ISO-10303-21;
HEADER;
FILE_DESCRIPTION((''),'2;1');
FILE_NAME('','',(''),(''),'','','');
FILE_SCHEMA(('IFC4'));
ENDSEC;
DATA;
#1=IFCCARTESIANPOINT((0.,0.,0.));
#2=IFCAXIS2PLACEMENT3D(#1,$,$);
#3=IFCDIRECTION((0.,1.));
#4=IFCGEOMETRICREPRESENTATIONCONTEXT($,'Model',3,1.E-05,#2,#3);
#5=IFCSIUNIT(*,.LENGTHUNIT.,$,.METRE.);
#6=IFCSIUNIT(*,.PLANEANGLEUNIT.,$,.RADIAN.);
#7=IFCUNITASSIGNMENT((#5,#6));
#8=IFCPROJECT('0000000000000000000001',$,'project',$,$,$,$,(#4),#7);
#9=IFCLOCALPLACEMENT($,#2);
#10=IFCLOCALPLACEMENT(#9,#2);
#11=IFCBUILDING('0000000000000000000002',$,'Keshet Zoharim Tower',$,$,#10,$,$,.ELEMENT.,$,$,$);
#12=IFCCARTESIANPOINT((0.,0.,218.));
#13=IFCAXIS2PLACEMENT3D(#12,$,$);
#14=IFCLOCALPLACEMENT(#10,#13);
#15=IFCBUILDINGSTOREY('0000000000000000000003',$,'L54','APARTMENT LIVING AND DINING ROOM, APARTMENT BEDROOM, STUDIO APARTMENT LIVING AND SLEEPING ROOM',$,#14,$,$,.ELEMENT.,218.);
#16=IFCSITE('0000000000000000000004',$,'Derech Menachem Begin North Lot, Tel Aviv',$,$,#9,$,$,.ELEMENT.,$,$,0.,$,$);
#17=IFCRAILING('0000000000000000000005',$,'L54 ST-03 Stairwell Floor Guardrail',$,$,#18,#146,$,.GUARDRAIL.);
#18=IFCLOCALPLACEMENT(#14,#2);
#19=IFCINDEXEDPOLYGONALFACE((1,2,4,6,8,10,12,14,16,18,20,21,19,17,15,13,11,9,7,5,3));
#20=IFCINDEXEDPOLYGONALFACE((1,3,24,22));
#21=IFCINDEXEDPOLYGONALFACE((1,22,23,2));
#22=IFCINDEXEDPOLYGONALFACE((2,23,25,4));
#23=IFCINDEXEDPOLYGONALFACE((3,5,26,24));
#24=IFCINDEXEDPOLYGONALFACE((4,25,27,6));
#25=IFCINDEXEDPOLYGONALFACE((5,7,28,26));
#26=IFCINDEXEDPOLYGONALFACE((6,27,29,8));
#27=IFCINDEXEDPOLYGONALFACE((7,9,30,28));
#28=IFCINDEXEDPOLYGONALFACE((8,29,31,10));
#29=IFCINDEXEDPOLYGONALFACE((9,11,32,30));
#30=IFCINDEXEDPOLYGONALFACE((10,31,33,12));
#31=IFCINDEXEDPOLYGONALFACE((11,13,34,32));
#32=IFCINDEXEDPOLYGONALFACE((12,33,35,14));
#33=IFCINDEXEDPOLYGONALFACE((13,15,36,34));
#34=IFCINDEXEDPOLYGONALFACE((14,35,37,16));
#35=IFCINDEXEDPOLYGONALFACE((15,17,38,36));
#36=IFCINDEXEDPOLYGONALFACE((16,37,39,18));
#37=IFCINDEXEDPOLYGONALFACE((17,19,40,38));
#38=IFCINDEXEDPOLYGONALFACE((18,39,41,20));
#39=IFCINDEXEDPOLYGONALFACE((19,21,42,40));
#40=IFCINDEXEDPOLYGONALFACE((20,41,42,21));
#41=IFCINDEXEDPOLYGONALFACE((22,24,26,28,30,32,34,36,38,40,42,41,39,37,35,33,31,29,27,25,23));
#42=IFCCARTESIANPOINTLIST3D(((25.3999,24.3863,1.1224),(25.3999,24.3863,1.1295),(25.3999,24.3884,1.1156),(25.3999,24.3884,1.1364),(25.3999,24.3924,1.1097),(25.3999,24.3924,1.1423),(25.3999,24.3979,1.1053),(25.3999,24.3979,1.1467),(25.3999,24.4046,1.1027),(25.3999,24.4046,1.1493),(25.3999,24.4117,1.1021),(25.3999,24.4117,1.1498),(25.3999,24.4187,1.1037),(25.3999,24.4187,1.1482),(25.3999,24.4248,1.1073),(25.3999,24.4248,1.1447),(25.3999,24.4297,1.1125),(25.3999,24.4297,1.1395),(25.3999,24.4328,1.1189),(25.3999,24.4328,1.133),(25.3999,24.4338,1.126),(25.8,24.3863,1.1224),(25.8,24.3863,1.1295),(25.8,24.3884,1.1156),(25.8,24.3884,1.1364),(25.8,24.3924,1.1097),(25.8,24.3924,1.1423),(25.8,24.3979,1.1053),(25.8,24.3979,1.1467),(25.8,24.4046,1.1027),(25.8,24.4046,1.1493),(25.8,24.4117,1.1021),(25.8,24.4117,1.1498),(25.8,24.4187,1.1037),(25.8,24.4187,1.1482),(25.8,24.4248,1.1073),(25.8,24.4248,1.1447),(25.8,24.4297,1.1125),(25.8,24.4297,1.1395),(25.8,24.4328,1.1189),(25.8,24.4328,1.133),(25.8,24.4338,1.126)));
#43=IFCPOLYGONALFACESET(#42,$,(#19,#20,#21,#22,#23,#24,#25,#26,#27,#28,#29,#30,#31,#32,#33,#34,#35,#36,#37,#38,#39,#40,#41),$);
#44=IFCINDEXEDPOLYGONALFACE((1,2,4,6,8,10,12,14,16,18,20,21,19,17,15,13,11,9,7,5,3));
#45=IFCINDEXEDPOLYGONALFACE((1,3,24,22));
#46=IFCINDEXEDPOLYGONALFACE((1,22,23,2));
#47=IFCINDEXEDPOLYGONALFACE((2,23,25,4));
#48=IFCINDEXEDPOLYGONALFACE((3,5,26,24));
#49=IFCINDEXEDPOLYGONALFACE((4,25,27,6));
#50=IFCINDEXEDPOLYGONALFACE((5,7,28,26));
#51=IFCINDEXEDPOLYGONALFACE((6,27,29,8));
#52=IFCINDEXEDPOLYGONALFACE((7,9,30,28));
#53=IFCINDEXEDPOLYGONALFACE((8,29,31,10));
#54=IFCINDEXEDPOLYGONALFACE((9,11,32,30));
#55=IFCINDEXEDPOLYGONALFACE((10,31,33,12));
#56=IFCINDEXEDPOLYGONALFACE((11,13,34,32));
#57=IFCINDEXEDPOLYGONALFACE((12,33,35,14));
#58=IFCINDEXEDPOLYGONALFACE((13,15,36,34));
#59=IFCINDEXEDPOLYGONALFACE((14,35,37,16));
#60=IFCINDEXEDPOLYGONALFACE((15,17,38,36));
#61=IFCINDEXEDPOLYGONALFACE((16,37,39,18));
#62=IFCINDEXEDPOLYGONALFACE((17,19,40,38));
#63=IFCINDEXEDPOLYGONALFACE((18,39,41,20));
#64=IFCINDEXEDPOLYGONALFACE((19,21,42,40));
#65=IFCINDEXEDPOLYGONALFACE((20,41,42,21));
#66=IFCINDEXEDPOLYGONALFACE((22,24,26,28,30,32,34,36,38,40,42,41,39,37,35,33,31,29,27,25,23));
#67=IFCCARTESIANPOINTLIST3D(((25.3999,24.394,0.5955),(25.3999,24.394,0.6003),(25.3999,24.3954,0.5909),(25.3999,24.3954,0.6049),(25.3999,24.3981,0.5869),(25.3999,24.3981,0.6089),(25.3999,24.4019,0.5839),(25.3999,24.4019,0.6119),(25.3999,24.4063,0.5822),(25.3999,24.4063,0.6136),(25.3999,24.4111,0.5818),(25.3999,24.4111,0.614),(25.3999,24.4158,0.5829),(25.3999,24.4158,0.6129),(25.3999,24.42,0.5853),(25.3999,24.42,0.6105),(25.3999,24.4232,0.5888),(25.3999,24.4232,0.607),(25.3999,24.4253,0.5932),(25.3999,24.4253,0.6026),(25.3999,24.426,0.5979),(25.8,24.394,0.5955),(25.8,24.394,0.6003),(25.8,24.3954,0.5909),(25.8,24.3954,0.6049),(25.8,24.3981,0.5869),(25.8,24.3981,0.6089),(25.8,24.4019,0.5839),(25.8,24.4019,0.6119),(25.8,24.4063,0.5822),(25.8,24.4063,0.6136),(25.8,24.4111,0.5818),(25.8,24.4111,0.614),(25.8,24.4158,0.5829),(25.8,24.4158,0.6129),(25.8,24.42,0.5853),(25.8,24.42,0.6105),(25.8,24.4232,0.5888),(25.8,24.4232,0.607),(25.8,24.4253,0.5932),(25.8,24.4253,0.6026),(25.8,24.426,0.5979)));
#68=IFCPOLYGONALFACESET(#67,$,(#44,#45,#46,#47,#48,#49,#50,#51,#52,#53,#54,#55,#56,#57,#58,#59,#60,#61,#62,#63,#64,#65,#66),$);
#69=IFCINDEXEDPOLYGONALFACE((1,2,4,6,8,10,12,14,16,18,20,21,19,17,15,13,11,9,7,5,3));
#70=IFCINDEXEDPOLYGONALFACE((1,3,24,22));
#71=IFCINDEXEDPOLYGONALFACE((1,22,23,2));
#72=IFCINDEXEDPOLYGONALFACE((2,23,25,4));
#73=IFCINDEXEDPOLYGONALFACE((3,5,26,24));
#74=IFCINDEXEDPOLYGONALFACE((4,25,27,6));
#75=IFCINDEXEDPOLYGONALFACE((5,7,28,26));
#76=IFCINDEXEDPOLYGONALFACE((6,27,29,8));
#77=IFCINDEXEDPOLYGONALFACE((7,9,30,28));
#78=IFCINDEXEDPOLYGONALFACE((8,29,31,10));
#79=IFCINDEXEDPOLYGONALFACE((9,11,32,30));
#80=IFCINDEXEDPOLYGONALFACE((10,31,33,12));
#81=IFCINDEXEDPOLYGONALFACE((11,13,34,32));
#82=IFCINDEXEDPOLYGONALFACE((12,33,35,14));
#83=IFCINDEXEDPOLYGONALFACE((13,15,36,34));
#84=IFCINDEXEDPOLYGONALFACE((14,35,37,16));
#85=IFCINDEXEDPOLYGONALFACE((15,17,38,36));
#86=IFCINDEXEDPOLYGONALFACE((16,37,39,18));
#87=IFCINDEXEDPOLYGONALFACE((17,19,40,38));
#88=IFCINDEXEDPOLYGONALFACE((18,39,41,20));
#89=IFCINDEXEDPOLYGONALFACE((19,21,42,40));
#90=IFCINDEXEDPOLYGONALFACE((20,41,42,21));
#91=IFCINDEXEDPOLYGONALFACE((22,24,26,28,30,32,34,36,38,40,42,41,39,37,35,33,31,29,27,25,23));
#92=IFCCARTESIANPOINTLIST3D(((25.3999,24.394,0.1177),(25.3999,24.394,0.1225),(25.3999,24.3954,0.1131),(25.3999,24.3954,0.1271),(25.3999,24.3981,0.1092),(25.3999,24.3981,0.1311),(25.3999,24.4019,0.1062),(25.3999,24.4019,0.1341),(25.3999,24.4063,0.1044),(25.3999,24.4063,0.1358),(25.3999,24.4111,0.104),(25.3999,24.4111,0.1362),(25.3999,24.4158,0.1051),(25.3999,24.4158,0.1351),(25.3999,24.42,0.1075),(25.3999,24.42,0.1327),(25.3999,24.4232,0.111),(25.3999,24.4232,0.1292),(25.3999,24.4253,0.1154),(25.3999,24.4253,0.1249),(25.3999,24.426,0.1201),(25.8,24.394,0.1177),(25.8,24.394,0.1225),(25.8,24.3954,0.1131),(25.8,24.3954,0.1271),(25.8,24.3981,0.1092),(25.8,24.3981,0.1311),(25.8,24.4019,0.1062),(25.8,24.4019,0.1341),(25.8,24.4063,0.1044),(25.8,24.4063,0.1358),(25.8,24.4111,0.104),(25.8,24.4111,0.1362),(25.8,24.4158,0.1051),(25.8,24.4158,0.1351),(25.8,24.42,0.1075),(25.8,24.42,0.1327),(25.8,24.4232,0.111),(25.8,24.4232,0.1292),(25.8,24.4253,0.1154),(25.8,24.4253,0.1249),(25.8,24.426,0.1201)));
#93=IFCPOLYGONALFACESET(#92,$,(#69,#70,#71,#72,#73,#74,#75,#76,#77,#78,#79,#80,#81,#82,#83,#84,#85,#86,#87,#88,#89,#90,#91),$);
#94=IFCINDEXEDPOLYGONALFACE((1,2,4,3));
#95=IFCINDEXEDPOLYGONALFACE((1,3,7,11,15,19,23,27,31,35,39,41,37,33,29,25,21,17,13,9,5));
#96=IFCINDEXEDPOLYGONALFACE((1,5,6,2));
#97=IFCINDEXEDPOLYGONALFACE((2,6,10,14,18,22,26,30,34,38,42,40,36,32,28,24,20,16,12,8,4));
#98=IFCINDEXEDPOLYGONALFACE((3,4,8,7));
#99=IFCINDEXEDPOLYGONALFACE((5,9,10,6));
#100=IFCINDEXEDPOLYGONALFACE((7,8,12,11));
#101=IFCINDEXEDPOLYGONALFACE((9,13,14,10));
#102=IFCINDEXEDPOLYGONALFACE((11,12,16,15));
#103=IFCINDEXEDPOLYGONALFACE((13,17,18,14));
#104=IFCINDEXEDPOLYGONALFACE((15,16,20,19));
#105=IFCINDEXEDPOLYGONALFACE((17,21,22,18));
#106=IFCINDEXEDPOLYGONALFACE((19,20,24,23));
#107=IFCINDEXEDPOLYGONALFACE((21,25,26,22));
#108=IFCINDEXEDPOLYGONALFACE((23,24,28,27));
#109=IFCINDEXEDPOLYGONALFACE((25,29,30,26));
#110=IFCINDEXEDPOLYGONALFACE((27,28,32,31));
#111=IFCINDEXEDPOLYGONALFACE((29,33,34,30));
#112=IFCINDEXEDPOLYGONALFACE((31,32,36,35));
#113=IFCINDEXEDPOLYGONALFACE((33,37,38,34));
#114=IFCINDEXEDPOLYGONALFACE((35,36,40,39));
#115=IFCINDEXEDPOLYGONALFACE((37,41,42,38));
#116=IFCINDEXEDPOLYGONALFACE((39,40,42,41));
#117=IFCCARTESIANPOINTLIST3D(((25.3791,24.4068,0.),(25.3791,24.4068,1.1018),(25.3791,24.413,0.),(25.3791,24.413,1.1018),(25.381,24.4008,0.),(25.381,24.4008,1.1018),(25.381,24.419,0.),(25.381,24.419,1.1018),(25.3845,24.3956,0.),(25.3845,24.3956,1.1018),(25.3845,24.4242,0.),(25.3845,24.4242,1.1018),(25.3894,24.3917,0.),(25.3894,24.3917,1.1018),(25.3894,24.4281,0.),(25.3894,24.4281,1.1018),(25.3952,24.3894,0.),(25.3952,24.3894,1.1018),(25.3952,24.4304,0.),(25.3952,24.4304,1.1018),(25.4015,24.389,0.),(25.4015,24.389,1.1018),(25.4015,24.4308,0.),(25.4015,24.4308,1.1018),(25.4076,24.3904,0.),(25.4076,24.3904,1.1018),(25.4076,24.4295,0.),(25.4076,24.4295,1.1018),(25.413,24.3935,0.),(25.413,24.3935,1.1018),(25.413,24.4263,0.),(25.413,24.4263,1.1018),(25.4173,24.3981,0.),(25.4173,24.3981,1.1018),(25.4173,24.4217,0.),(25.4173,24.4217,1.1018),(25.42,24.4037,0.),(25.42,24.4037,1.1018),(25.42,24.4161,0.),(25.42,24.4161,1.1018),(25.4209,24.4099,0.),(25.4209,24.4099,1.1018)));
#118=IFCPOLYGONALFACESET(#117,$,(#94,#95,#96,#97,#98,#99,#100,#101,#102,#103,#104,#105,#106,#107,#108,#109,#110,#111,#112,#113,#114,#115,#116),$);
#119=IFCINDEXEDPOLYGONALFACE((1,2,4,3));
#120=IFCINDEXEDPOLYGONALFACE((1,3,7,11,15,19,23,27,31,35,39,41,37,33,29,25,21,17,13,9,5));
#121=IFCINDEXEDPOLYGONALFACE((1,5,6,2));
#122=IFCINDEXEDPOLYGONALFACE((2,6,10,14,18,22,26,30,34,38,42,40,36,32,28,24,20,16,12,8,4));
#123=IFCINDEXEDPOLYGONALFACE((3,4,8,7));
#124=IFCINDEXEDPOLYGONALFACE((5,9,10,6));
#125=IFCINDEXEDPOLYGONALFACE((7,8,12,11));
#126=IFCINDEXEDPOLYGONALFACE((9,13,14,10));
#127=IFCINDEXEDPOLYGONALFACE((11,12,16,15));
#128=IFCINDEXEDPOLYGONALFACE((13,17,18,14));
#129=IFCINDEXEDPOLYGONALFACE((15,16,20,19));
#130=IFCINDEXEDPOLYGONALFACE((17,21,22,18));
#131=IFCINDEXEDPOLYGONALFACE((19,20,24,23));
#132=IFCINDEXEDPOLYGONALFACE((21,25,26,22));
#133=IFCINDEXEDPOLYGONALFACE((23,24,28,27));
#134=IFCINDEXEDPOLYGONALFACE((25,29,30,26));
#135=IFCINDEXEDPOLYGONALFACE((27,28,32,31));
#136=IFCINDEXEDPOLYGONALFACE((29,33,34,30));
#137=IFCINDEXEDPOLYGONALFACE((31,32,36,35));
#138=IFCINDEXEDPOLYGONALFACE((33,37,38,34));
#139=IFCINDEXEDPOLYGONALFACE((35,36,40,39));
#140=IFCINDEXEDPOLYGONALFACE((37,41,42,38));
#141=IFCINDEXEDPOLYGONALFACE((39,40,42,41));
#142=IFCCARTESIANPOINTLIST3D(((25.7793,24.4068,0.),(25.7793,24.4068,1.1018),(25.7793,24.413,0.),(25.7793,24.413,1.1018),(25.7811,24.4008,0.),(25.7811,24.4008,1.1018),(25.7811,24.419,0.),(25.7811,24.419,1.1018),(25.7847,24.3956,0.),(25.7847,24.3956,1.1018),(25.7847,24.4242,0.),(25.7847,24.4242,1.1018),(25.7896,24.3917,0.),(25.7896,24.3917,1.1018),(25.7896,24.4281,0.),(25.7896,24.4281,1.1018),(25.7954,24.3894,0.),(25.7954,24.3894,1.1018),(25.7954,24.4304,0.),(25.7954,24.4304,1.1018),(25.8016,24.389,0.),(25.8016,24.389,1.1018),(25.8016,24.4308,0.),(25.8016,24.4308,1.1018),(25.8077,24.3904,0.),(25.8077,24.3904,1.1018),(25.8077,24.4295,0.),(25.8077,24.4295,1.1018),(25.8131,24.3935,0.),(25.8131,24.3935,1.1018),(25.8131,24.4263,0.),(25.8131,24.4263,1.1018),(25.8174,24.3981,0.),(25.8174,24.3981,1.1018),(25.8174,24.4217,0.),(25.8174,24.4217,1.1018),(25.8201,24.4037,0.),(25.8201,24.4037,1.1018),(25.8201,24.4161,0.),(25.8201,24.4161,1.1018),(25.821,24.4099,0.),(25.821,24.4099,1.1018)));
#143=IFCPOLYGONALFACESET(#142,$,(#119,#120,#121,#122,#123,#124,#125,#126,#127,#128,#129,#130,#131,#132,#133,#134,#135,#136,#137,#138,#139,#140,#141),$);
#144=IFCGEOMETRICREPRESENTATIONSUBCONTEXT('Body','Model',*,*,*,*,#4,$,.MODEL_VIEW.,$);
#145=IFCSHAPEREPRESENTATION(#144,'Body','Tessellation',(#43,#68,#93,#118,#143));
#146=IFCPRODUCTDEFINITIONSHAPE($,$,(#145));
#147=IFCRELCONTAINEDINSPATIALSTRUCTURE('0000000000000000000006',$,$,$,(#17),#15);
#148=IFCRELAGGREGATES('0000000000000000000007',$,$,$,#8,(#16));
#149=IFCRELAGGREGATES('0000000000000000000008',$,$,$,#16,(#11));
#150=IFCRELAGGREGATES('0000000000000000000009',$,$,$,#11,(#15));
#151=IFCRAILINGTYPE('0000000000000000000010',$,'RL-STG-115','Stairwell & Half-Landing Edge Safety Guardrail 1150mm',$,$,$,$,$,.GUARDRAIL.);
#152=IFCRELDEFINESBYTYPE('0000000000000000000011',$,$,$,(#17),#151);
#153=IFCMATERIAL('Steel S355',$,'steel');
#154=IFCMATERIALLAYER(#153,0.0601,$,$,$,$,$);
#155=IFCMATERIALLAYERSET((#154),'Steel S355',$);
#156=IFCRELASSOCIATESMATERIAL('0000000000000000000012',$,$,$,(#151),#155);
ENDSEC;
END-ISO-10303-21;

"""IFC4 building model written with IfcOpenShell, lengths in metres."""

from ifc_helpers import new_model, si_unit, direction, frame, origin, origin_2d, place, context, subcontext, project, spatial, circle, extrude, material, layer, layer_set, type_object, element, save


model = new_model("IFC4")

# Units and contexts
model_context = context("Model", 3, precision=1e-05, world=origin(), true_north=direction((0.0, 1.0)))
body_context = subcontext(model_context, "Body", "Model", "MODEL_VIEW")
ifc_project = project(units=[si_unit("LENGTHUNIT", "METRE"), si_unit("PLANEANGLEUNIT", "RADIAN")], contexts=[model_context])

# Site, building, storey
site_placement = place(None, origin())
site = spatial("IfcSite", under=ifc_project, at=site_placement, Name="Derech Menachem Begin North Lot, Tel Aviv", CompositionType="ELEMENT", RefElevation=0.0)
building_placement = place(site_placement, origin())
building = spatial("IfcBuilding", under=site, at=building_placement, Name="Keshet Zoharim Tower", CompositionType="ELEMENT")
storey_placement = place(building_placement, frame((0.0, 0.0, 218.0)))
storey = spatial("IfcBuildingStorey", under=building, at=storey_placement, Name="L54", Description="APARTMENT LIVING AND DINING ROOM, APARTMENT BEDROOM, STUDIO APARTMENT LIVING AND SLEEPING ROOM", CompositionType="ELEMENT", Elevation=218.0)

# Railing
ifc_material_1 = material(Name="Steel S355", Category="steel")
ifc_layer_1 = layer(ifc_material_1, 0.0601)
ifc_layer_set_1 = layer_set([ifc_layer_1], Name="Steel S355")
railing_type_1 = type_object("IfcRailingType", Name="RL-STG-115", Description="Stairwell & Half-Landing Edge Safety Guardrail 1150mm", PredefinedType="GUARDRAIL", material=ifc_layer_set_1)
railing_1_placement = place(storey_placement, frame((25.3999, 24.4099, 0.0)))
element("IfcRailing", 1, at=railing_1_placement, inside=storey, type_object=railing_type_1, Name="L54 ST-03 Stairwell Floor Guardrail", PredefinedType="GUARDRAIL", context=body_context, shape_type="SweptSolid", body=[
    extrude(circle(Radius=0.0239, at=origin_2d()), frame((0.0, 0.0, 1.126), z_axis=(1.0, 0.0, 0.0), x_axis=(0.0, 1.0, 0.0)), (0.0, 0.0, 1.0), 0.4001),
    extrude(circle(Radius=0.0161, at=origin_2d()), frame((0.0, 0.0, 0.5979), z_axis=(1.0, 0.0, 0.0), x_axis=(0.0, 1.0, 0.0)), (0.0, 0.0, 1.0), 0.4001),
    extrude(circle(Radius=0.0161, at=origin_2d()), frame((0.0, 0.0, 0.1201), z_axis=(1.0, 0.0, 0.0), x_axis=(0.0, 1.0, 0.0)), (0.0, 0.0, 1.0), 0.4001),
    extrude(circle(Radius=0.021, at=origin_2d()), origin(), (0.0, 0.0, 1.0), 1.1018),
    extrude(circle(Radius=0.021, at=origin_2d()), frame((0.4001, 0.0, 0.0)), (0.0, 0.0, 1.0), 1.1018),
])

save(model, "model.ifc")
